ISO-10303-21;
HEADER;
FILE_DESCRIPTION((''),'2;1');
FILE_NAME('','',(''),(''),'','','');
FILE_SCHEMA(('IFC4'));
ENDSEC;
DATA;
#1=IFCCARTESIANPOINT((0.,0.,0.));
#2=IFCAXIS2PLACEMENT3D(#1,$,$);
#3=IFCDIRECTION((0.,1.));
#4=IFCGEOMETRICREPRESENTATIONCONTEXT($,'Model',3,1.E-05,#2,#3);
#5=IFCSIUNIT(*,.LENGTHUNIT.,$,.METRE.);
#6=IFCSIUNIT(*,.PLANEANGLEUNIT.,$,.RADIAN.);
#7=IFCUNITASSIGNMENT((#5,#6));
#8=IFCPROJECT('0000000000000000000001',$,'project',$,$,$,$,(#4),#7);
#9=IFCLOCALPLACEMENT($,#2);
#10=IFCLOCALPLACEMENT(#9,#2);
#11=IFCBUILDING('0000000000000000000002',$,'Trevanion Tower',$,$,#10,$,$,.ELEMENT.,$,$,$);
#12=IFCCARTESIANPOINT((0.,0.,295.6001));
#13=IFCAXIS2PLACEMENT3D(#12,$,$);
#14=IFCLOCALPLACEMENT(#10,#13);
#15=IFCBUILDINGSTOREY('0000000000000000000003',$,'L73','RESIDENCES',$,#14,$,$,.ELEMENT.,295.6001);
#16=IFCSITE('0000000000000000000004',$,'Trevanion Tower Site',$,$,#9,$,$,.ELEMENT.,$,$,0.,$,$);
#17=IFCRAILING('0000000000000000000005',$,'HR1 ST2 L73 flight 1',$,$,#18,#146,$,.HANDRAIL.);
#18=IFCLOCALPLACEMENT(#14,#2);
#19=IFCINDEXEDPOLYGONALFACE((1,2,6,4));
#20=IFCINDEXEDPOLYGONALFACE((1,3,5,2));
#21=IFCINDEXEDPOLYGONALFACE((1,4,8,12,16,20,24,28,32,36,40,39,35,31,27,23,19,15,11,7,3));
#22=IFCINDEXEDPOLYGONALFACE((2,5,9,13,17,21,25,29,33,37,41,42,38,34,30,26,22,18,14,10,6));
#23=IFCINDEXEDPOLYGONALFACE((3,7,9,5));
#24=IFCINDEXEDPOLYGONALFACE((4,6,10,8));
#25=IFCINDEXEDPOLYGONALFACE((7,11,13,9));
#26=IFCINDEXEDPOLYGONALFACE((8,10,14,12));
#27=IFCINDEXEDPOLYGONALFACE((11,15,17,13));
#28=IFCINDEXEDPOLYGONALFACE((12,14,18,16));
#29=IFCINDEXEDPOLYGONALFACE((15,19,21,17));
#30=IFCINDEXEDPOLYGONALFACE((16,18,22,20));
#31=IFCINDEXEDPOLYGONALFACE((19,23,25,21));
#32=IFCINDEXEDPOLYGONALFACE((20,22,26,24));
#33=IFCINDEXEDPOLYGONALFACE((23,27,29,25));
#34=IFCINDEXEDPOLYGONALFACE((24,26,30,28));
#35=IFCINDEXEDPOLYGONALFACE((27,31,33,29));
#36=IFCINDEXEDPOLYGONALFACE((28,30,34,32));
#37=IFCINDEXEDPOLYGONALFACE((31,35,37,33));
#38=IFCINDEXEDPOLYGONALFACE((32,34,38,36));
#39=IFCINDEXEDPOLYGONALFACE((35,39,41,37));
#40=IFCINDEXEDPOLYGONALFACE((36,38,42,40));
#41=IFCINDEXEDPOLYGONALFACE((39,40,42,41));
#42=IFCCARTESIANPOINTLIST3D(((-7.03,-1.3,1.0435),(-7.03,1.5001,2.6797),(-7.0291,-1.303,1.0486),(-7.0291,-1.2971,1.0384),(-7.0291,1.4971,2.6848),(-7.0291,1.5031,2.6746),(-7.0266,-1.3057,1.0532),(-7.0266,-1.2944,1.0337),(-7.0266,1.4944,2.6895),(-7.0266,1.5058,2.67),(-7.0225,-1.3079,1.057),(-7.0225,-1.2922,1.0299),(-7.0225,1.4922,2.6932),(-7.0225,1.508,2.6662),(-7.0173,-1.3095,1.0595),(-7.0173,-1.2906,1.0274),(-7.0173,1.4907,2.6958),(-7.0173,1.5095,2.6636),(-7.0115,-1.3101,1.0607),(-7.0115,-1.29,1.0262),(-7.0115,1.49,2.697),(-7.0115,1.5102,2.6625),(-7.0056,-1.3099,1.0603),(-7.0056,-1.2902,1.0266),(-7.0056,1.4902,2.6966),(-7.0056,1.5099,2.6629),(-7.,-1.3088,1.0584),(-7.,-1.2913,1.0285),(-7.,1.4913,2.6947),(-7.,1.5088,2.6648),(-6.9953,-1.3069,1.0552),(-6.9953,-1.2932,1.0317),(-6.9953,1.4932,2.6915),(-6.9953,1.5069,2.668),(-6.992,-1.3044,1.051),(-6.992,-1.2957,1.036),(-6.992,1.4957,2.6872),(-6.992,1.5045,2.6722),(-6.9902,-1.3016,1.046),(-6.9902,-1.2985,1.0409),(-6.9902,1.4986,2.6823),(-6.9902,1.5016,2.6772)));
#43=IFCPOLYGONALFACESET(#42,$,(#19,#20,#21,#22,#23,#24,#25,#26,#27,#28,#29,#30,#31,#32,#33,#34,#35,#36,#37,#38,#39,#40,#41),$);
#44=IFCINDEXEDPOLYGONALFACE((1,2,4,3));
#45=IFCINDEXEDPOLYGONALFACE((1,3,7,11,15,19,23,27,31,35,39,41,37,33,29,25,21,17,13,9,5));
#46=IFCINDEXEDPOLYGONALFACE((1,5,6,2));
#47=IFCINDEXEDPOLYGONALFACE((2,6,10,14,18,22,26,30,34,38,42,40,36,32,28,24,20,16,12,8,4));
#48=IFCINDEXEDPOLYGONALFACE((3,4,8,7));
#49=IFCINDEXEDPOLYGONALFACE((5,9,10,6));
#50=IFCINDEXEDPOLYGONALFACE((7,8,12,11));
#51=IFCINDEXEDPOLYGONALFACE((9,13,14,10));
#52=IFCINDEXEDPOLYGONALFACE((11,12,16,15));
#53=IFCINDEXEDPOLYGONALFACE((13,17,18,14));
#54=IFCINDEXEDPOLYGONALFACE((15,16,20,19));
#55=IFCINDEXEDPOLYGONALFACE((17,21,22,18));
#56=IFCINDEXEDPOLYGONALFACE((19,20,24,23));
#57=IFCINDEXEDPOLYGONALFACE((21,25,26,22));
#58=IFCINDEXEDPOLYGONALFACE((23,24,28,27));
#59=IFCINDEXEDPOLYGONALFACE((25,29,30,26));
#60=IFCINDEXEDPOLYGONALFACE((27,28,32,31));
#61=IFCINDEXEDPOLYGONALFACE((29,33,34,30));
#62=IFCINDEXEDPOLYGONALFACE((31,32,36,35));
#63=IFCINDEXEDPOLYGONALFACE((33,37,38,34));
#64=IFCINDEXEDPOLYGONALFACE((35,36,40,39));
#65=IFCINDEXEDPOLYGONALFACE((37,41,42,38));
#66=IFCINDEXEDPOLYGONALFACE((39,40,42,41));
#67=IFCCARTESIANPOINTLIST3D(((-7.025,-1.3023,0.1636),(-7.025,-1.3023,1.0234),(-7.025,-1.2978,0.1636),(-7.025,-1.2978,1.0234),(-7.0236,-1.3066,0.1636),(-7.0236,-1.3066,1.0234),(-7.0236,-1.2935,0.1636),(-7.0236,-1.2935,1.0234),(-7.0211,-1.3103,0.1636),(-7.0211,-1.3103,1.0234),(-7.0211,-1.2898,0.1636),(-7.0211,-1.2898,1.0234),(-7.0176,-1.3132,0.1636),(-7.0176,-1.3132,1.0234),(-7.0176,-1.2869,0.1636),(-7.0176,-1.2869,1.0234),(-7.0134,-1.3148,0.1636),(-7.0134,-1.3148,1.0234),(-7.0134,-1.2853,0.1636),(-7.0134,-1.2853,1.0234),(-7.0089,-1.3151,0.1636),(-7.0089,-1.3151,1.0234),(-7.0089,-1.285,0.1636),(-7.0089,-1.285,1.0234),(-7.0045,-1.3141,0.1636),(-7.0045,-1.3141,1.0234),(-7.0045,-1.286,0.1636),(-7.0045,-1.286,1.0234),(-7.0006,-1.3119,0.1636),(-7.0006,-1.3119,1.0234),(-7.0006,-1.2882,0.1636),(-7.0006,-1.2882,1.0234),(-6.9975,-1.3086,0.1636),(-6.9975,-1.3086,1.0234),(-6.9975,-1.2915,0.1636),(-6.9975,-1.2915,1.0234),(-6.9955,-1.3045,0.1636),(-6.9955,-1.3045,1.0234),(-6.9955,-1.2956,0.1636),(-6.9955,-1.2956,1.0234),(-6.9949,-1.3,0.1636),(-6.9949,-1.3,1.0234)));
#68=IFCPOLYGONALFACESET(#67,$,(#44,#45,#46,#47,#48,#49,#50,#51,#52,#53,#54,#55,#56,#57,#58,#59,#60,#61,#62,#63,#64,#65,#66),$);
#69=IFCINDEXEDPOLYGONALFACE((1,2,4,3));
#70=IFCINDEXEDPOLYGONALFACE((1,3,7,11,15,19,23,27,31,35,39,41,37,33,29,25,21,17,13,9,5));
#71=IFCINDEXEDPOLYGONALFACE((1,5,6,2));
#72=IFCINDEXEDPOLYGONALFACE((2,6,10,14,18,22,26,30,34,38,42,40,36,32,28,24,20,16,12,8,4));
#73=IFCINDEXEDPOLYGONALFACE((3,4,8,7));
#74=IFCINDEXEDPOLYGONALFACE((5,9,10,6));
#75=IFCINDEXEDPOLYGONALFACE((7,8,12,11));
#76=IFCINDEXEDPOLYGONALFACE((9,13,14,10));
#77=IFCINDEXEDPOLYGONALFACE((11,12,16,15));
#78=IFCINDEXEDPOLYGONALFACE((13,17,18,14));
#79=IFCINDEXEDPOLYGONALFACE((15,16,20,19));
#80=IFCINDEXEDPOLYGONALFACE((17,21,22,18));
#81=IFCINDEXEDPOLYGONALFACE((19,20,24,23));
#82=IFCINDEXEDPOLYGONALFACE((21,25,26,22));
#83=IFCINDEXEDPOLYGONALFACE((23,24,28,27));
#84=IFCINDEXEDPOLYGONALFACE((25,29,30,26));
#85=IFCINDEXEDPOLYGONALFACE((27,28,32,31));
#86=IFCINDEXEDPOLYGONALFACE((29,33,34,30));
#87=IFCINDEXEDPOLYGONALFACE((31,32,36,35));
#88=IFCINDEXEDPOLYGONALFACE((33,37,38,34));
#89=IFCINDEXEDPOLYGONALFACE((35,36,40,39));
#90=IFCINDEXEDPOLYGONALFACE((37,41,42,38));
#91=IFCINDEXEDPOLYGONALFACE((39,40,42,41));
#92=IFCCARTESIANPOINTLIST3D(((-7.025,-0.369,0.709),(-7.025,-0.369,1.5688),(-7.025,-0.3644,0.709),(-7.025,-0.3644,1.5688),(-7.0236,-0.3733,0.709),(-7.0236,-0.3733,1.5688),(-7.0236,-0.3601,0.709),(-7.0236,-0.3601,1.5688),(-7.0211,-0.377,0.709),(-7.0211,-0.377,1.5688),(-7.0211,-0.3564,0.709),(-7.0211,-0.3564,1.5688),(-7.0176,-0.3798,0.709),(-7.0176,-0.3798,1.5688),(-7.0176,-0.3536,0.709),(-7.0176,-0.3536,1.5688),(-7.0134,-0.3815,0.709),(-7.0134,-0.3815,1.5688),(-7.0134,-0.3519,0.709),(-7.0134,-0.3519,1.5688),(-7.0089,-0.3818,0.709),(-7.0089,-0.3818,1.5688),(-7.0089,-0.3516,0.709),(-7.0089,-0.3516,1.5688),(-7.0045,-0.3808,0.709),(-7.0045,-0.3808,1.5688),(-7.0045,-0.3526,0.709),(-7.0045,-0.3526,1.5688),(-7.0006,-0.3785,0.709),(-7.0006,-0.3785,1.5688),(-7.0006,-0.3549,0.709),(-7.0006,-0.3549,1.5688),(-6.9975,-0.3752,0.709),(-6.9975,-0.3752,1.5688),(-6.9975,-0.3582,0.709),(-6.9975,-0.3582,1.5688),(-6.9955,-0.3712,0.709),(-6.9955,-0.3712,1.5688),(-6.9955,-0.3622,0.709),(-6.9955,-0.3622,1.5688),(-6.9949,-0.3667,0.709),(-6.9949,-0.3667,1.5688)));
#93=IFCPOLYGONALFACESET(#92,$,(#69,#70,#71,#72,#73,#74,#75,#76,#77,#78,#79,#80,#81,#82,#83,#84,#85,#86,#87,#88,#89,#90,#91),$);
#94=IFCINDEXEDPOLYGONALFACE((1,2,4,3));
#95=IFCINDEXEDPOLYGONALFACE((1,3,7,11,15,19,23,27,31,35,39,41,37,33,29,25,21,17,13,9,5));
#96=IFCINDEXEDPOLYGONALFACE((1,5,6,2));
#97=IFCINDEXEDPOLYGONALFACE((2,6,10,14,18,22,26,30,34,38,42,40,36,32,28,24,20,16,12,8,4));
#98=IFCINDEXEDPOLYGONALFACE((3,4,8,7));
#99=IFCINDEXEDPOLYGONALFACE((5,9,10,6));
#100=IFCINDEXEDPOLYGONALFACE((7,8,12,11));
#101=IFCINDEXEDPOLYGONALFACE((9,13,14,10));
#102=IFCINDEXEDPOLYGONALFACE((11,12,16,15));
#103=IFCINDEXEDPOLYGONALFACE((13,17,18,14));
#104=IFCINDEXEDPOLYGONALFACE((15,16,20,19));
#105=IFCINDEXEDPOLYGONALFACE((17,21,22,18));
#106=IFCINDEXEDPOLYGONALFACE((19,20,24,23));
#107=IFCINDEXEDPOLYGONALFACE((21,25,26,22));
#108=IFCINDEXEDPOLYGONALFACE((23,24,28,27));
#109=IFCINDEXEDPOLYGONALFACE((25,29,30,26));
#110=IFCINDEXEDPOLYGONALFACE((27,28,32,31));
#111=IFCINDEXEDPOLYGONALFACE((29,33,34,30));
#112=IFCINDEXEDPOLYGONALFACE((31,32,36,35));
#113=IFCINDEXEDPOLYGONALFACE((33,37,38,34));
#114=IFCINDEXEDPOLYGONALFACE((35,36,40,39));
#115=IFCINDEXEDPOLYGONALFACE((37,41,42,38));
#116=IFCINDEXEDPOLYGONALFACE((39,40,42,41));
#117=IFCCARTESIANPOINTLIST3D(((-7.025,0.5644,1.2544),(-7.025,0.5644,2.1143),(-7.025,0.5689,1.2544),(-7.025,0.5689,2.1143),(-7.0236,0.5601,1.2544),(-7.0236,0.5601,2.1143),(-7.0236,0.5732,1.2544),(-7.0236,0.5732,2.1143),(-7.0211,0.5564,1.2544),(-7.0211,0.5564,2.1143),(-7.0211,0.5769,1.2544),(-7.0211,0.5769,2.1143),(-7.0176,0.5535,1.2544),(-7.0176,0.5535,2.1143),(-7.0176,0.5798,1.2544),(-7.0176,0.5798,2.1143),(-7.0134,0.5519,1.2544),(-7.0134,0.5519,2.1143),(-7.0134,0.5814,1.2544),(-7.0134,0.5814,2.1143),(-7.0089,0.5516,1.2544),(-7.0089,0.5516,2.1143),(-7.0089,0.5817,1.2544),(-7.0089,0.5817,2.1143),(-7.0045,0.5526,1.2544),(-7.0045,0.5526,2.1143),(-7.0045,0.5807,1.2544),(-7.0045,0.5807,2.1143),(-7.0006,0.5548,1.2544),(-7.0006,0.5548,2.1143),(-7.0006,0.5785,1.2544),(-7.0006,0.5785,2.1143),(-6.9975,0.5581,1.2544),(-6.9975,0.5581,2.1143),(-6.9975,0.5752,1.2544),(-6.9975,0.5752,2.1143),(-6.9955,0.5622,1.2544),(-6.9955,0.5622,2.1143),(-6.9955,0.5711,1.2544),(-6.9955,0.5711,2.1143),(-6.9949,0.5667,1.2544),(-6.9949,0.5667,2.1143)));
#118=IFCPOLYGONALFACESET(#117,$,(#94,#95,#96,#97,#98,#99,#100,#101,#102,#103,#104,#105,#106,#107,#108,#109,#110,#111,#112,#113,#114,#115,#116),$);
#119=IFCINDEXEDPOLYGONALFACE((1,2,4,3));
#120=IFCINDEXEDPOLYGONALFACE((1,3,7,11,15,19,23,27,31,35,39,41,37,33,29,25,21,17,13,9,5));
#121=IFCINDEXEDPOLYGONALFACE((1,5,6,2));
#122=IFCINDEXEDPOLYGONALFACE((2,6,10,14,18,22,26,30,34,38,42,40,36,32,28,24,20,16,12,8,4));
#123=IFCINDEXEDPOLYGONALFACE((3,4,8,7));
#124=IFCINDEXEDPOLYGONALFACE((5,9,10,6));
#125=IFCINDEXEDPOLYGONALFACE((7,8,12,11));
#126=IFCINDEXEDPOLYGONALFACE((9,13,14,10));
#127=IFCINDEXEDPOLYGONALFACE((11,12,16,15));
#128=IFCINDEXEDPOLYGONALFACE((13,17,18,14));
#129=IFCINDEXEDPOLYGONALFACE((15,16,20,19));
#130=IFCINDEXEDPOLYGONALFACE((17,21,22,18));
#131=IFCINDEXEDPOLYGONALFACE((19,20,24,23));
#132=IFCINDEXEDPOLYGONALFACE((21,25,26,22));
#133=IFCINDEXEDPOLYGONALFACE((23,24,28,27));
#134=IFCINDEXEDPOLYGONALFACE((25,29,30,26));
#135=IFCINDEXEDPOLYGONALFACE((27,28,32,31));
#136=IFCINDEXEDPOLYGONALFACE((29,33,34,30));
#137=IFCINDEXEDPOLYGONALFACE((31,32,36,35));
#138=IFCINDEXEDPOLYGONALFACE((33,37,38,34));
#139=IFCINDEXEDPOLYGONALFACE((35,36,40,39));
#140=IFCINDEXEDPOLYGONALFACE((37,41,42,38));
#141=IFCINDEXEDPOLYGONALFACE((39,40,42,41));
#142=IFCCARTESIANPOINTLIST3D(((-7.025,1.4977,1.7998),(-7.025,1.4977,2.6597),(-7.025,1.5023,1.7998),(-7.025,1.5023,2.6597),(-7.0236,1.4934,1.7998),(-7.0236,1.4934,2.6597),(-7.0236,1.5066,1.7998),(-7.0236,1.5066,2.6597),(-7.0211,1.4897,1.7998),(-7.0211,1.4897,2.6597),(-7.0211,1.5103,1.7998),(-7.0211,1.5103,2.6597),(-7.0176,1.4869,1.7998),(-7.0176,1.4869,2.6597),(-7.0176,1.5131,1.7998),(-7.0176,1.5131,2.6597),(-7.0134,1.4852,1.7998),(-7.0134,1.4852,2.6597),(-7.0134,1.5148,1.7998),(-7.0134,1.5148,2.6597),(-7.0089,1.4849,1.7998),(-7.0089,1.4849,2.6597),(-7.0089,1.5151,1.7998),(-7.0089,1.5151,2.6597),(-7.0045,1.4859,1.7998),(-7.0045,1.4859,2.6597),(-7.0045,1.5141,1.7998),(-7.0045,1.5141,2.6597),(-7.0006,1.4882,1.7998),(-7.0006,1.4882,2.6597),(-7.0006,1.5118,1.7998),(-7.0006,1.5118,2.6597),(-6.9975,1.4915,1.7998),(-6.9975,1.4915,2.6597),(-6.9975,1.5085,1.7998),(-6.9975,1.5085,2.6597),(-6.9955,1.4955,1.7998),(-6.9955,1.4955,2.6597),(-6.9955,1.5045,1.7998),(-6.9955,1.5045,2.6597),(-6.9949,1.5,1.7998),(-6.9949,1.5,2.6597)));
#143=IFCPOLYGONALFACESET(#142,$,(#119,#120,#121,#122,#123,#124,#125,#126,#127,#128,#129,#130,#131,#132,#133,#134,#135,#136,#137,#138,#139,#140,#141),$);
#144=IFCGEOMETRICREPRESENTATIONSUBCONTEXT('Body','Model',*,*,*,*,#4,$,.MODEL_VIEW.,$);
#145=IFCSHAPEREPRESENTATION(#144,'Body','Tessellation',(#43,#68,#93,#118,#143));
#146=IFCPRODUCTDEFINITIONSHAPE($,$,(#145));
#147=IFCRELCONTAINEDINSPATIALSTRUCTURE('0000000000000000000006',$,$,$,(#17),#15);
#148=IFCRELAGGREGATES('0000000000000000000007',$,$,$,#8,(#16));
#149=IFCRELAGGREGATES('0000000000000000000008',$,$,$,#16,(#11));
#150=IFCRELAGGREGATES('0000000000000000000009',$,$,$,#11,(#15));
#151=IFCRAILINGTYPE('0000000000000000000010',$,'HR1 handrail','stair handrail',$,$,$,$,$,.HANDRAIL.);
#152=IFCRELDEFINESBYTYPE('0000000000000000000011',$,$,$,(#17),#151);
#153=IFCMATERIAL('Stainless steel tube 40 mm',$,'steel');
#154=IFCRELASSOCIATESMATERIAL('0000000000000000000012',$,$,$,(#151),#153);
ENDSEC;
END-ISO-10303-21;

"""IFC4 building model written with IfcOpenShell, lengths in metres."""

from ifc_helpers import new_model, si_unit, direction, frame, origin, origin_2d, place, context, subcontext, project, spatial, circle, extrude, material, type_object, element, save


model = new_model("IFC4")

# Units and contexts
model_context = context("Model", 3, precision=1e-05, world=origin(), true_north=direction((0.0, 1.0)))
body_context = subcontext(model_context, "Body", "Model", "MODEL_VIEW")
ifc_project = project(units=[si_unit("LENGTHUNIT", "METRE"), si_unit("PLANEANGLEUNIT", "RADIAN")], contexts=[model_context])

# Site, building, storey
site_placement = place(None, origin())
site = spatial("IfcSite", under=ifc_project, at=site_placement, Name="Trevanion Tower Site", CompositionType="ELEMENT", RefElevation=0.0)
building_placement = place(site_placement, origin())
building = spatial("IfcBuilding", under=site, at=building_placement, Name="Trevanion Tower", CompositionType="ELEMENT")
storey_placement = place(building_placement, frame((0.0, 0.0, 295.6001)))
storey = spatial("IfcBuildingStorey", under=building, at=storey_placement, Name="L73", Description="RESIDENCES", CompositionType="ELEMENT", Elevation=295.6001)

# Railing
ifc_material_1 = material(Name="Stainless steel tube 40 mm", Category="steel")
railing_type = type_object("IfcRailingType", Name="HR1 handrail", Description="stair handrail", PredefinedType="HANDRAIL", material=ifc_material_1)
for number, where, name in (
    (1, (-7.01, -1.3, 0.1636), "HR1 ST2 L73 flight 1"),
):
    element("IfcRailing", number, at=place(storey_placement, frame(where)), inside=storey, type_object=railing_type, Name=name, PredefinedType="HANDRAIL", context=body_context, shape_type="SweptSolid", body=[
        extrude(circle(Radius=0.02, at=origin_2d()), frame((0.0, 0.0, 0.8799), z_axis=(0.0, 0.863394, 0.504531), x_axis=(-1.0, 0.0, 0.0)), (0.0, 0.0, 1.0), 3.2432),
        extrude(circle(Radius=0.0151, at=origin_2d()), origin(), (0.0, 0.0, 1.0), 0.8599),
        extrude(circle(Radius=0.0151, at=origin_2d()), frame((0.0, 0.9333, 0.5454)), (0.0, 0.0, 1.0), 0.8599),
        extrude(circle(Radius=0.0151, at=origin_2d()), frame((0.0, 1.8667, 1.0908)), (0.0, 0.0, 1.0), 0.8599),
        extrude(circle(Radius=0.0151, at=origin_2d()), frame((0.0, 2.8, 1.6362)), (0.0, 0.0, 1.0), 0.8599),
    ])

save(model, "model.ifc")
